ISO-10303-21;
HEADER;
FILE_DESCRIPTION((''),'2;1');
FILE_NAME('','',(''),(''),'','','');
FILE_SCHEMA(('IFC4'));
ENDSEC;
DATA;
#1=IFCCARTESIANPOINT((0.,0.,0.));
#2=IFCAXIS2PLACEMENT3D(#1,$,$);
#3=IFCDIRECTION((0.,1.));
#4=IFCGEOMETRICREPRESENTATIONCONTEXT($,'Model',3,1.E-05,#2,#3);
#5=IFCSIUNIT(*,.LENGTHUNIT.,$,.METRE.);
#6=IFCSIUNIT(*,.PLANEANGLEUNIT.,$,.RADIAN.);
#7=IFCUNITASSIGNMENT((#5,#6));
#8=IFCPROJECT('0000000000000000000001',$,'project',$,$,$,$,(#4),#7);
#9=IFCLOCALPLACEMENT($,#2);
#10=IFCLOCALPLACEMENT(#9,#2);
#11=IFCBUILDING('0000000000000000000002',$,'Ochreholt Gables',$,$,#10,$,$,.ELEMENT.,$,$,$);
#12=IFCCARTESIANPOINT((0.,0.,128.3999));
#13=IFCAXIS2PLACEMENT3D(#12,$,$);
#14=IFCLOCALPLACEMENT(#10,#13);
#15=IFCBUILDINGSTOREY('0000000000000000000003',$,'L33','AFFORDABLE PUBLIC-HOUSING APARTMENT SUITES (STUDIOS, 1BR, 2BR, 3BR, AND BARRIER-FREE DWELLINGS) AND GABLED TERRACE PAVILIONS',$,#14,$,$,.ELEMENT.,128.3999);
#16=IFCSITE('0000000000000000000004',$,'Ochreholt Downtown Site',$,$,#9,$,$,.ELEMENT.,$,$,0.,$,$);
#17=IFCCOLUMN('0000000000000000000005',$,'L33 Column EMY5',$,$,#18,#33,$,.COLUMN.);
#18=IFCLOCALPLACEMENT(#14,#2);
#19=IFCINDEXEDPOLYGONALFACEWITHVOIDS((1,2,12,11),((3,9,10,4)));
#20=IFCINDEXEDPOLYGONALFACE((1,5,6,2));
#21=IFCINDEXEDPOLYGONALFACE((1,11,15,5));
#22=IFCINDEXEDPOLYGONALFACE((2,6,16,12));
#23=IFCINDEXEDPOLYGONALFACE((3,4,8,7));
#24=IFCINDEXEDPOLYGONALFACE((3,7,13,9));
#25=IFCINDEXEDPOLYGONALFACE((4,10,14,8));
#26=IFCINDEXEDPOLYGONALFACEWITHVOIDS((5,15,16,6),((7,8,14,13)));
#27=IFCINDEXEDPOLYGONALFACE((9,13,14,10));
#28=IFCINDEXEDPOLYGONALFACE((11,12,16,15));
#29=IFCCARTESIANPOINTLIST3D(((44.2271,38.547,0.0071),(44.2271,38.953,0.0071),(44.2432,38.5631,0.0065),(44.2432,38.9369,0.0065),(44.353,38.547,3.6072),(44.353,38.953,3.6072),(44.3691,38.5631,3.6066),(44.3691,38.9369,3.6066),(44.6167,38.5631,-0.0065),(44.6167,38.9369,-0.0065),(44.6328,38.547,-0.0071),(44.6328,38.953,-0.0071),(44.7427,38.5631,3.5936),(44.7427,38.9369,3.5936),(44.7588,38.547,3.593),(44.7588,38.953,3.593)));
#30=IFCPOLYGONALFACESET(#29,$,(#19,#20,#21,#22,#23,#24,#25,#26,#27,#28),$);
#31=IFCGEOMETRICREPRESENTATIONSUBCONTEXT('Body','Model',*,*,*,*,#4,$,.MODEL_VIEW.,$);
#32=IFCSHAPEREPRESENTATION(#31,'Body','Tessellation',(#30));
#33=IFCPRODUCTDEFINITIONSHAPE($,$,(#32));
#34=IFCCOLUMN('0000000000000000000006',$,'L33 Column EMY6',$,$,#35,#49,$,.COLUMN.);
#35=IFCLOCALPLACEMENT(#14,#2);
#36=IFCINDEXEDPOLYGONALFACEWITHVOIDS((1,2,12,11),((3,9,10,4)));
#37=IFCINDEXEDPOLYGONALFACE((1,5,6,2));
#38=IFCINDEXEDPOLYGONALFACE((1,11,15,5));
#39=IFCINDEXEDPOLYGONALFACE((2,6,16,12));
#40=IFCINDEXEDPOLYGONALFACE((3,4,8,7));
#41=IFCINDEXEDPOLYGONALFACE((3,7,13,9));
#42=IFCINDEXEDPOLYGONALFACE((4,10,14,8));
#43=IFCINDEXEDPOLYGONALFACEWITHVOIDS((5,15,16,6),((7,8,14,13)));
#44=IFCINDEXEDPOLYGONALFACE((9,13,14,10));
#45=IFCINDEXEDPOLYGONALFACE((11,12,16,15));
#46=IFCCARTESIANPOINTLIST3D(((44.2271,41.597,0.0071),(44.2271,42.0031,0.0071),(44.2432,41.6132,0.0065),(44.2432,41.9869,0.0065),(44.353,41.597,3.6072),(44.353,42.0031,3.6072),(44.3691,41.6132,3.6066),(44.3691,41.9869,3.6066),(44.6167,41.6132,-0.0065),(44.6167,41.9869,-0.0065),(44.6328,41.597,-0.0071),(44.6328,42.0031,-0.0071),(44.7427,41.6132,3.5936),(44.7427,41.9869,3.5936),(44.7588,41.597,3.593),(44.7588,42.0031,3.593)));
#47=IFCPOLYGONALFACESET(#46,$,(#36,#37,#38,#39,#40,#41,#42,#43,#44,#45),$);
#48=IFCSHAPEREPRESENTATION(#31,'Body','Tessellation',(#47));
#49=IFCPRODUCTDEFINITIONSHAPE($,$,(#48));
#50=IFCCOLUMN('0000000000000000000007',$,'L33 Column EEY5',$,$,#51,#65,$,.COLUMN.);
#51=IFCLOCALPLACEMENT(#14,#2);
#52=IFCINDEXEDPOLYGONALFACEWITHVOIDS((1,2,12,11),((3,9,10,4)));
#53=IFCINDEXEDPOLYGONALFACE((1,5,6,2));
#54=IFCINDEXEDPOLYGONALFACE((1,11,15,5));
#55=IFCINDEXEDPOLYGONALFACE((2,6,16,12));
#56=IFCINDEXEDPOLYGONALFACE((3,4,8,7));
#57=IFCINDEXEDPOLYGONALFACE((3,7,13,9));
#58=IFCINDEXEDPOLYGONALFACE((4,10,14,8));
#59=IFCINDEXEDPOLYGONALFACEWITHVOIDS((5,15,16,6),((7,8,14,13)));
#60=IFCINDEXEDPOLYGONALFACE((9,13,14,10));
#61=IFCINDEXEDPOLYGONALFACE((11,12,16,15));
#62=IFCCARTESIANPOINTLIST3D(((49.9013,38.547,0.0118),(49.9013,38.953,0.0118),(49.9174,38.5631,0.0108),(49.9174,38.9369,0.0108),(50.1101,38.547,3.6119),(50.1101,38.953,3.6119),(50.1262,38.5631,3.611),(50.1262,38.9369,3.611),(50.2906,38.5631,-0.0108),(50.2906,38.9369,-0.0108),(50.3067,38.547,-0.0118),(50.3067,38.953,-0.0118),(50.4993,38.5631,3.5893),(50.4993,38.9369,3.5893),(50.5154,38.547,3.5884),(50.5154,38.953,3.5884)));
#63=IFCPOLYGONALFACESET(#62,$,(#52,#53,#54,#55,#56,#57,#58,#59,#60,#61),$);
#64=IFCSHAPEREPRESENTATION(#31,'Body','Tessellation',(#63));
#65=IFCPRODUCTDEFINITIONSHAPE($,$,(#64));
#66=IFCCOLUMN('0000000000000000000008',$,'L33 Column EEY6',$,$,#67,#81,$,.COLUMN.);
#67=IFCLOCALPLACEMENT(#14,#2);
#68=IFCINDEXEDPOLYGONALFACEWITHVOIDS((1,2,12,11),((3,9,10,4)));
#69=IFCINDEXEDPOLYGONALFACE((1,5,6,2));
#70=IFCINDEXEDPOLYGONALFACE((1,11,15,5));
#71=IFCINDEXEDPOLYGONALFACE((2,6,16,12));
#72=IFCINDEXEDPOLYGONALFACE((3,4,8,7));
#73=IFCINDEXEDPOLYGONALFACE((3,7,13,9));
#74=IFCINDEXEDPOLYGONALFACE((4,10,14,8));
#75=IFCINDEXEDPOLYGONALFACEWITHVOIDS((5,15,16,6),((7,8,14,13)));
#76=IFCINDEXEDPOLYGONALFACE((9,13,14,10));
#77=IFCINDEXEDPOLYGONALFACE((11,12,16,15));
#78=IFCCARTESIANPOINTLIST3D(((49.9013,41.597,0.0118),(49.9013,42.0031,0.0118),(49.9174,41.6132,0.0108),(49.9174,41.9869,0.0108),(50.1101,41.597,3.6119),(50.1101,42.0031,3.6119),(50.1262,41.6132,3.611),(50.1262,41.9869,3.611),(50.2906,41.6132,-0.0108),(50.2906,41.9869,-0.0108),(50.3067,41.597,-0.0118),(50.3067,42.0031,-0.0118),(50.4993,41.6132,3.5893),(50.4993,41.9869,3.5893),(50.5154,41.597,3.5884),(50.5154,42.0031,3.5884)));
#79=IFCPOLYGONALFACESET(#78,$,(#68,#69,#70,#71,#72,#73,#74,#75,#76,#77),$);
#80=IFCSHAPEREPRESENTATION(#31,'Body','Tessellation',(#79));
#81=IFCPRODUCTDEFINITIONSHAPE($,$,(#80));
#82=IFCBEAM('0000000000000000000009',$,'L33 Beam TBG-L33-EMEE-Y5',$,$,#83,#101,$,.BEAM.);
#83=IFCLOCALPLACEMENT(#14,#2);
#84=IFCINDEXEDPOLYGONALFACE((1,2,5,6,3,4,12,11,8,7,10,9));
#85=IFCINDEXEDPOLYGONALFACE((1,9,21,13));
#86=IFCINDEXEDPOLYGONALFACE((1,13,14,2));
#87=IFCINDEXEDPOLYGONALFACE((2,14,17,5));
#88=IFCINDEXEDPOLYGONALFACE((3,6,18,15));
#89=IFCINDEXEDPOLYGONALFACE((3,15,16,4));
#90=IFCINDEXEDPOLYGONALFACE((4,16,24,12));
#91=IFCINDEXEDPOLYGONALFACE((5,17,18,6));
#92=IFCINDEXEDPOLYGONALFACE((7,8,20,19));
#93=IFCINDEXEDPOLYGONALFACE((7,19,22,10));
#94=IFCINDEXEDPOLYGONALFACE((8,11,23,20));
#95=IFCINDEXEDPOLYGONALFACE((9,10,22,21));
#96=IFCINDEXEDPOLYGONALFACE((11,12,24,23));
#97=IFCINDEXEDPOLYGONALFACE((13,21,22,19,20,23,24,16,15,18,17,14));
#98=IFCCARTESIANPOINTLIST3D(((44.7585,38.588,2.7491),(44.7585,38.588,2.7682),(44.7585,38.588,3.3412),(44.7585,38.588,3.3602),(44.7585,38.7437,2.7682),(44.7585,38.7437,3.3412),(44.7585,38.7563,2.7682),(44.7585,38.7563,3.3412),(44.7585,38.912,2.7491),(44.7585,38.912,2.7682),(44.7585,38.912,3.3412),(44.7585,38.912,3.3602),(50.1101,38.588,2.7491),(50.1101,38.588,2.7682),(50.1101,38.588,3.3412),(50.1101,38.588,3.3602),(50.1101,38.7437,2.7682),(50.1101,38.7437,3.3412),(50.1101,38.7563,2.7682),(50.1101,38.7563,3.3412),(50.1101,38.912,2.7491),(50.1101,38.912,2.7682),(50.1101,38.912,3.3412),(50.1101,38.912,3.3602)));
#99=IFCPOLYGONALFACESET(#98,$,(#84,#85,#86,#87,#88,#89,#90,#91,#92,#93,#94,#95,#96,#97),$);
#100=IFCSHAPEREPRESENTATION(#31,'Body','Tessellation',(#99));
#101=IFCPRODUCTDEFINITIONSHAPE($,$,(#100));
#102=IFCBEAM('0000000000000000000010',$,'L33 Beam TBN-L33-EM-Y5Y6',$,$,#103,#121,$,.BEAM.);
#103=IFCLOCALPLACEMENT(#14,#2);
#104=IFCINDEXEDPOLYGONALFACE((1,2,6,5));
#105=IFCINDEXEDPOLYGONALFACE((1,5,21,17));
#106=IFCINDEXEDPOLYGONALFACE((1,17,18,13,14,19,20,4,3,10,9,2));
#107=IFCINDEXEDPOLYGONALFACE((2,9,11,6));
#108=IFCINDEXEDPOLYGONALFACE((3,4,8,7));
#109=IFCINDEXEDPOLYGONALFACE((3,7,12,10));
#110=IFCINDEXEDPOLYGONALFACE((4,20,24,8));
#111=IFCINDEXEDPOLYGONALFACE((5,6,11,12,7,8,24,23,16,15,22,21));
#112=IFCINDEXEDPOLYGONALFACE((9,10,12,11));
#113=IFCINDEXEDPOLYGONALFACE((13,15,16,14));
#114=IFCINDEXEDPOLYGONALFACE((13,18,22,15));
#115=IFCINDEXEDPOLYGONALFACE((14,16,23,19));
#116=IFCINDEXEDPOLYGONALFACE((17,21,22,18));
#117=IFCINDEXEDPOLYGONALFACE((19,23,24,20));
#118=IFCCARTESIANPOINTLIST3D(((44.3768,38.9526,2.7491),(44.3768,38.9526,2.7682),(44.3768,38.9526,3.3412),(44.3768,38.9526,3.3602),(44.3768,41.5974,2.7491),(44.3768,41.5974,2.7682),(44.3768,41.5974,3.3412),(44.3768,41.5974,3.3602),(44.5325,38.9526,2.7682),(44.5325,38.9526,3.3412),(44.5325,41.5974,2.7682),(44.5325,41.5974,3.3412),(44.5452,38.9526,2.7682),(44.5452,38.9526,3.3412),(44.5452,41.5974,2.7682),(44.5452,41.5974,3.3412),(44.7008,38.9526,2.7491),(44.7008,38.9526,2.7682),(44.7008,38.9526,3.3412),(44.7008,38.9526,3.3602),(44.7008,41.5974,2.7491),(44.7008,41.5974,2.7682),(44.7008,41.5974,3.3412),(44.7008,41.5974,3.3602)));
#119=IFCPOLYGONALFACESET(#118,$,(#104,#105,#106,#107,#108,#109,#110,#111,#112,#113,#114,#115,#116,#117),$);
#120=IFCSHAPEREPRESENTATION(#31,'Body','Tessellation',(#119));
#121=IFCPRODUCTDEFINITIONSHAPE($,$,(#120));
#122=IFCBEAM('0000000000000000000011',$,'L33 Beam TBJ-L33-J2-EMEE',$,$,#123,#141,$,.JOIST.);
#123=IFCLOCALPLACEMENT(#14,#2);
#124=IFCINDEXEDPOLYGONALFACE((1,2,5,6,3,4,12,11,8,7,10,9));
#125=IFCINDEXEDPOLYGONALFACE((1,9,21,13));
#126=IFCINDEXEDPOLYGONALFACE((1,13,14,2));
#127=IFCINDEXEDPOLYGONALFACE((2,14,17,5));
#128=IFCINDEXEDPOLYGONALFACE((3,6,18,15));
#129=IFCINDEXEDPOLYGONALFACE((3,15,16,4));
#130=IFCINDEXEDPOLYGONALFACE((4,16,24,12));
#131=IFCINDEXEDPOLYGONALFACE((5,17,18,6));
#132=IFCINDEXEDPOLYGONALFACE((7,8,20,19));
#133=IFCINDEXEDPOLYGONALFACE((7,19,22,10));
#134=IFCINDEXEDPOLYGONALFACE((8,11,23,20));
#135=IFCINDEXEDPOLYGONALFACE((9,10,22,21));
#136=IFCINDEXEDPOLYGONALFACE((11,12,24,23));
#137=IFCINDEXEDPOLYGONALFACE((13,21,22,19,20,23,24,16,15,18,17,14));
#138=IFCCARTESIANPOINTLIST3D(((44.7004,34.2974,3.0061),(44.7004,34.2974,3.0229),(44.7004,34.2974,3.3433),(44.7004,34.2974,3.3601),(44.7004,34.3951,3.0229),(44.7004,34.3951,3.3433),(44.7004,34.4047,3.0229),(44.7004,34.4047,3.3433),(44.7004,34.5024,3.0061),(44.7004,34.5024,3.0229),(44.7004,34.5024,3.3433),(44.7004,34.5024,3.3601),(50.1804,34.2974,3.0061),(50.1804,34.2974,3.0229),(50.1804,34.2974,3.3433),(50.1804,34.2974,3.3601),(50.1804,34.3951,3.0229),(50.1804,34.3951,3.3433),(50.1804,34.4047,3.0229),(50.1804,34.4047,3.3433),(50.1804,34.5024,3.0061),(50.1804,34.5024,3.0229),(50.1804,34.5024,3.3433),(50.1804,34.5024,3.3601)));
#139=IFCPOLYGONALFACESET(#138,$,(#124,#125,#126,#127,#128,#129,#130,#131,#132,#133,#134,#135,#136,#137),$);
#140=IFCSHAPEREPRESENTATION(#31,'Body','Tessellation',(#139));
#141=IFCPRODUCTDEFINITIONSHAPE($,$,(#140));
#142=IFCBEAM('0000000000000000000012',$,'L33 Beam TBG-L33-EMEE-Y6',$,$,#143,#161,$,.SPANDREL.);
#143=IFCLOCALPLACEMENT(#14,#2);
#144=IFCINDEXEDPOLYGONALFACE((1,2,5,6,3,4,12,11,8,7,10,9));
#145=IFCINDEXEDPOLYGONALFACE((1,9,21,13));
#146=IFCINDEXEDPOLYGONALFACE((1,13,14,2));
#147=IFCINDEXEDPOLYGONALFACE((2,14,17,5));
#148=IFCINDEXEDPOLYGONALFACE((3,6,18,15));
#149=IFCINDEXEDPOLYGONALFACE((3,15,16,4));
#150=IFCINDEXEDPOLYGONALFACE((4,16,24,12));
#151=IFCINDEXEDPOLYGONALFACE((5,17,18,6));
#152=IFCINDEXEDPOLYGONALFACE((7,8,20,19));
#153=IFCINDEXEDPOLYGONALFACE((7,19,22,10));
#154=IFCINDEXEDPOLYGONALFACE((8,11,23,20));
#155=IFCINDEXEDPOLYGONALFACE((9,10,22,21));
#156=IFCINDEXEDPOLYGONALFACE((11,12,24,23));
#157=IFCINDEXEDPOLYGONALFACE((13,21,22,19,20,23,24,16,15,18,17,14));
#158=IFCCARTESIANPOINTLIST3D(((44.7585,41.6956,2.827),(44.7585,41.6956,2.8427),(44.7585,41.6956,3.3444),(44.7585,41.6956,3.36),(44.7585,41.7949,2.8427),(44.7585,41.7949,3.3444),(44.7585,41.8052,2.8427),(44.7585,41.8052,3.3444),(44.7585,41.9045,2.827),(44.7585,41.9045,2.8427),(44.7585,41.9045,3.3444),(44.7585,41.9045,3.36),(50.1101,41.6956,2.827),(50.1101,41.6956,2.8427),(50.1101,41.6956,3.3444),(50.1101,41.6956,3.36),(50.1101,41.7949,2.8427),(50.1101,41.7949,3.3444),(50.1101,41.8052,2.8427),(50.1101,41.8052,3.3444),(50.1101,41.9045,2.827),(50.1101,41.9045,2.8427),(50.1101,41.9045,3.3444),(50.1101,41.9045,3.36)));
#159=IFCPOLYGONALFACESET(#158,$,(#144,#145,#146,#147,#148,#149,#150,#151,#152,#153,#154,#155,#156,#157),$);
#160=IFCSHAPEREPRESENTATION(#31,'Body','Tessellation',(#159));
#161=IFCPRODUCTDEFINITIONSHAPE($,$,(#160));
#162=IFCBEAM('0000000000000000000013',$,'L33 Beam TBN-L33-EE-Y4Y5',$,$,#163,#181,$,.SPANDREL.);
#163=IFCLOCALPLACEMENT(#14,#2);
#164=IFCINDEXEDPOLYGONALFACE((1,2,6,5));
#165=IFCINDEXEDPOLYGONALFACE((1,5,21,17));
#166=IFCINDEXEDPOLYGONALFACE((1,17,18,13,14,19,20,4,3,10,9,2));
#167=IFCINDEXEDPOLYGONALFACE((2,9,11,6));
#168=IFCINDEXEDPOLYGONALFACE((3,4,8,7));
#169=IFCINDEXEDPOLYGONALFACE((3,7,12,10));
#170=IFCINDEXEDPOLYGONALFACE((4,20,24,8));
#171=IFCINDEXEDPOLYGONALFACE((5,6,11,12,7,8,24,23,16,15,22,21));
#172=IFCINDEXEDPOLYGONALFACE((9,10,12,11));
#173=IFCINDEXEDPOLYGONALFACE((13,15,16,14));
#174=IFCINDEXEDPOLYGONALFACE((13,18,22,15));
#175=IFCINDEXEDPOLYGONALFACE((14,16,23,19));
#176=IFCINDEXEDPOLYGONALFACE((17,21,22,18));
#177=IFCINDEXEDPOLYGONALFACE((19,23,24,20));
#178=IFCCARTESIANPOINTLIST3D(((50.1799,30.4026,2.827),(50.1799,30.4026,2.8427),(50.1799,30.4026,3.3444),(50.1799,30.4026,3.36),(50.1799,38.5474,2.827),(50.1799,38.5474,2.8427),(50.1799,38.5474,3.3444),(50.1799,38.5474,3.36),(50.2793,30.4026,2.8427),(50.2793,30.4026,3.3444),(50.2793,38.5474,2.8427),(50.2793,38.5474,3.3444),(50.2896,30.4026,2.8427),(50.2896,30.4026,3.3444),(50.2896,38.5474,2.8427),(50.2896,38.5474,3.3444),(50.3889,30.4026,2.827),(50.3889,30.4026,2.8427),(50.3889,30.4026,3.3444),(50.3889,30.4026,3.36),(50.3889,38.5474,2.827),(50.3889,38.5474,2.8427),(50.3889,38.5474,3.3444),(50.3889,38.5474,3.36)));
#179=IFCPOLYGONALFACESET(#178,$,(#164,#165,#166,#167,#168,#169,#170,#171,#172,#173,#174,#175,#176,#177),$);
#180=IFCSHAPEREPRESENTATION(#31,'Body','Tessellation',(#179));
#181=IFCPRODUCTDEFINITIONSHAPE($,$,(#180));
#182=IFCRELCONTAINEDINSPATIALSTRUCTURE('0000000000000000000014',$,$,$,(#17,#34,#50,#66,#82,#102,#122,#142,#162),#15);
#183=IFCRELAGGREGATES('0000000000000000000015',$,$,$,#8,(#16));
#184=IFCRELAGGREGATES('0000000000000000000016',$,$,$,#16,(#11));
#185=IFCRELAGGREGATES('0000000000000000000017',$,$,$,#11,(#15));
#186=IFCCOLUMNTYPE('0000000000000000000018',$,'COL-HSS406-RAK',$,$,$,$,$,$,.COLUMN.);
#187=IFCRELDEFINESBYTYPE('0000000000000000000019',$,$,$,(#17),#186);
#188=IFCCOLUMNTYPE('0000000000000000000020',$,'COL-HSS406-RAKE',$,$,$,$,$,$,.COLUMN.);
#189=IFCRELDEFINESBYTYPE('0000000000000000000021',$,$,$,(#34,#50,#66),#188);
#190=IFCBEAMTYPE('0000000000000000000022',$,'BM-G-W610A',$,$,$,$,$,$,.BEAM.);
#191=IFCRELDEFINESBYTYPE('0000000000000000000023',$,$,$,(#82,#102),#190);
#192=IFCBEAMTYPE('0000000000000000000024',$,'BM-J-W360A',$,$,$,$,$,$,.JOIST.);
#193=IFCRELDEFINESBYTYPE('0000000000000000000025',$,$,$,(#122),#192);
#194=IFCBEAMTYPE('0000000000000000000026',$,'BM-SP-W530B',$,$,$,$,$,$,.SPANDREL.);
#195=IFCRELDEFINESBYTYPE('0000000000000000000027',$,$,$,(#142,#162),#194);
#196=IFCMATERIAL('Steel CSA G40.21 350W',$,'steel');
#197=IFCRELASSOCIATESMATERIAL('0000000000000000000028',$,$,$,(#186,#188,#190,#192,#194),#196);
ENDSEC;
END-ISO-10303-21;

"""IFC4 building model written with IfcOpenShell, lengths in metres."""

from ifc_helpers import new_model, si_unit, direction, frame, origin, origin_2d, place, context, subcontext, project, spatial, hollow_rectangle, i_section, extrude, material, material_profile, profile_set, type_object, element, save


model = new_model("IFC4")

# Units and contexts
model_context = context("Model", 3, precision=1e-05, world=origin(), true_north=direction((0.0, 1.0)))
body_context = subcontext(model_context, "Body", "Model", "MODEL_VIEW")
ifc_project = project(units=[si_unit("LENGTHUNIT", "METRE"), si_unit("PLANEANGLEUNIT", "RADIAN")], contexts=[model_context])

# Site, building, storey
site_placement = place(None, origin())
site = spatial("IfcSite", under=ifc_project, at=site_placement, Name="Ochreholt Downtown Site", CompositionType="ELEMENT", RefElevation=0.0)
building_placement = place(site_placement, origin())
building = spatial("IfcBuilding", under=site, at=building_placement, Name="Ochreholt Gables", CompositionType="ELEMENT")
storey_placement = place(building_placement, frame((0.0, 0.0, 128.3999)))
storey = spatial("IfcBuildingStorey", under=building, at=storey_placement, Name="L33", Description="AFFORDABLE PUBLIC-HOUSING APARTMENT SUITES (STUDIOS, 1BR, 2BR, 3BR, AND BARRIER-FREE DWELLINGS) AND GABLED TERRACE PAVILIONS", CompositionType="ELEMENT", Elevation=128.3999)

# Columns
ifc_material_1 = material(Name="Steel CSA G40.21 350W", Category="steel")
ifc_material_profile_1 = material_profile(ifc_material_1, hollow_rectangle(XDim=0.406, YDim=0.406, WallThickness=0.0161, at=origin_2d()), Name="HSS406X406X16")
ifc_profile_set_1 = profile_set([ifc_material_profile_1], Name="Steel CSA G40.21 350W")
column_type_1 = type_object("IfcColumnType", Name="COL-HSS406-RAK", PredefinedType="COLUMN", material=ifc_profile_set_1)
column_1_placement = place(storey_placement, frame((44.4299, 38.75, 0.0), z_axis=(0.034971, 0.0, 0.999388), x_axis=(0.0, 1.0, 0.0)))
element("IfcColumn", 1, at=column_1_placement, inside=storey, type_object=column_type_1, Name="L33 Column EMY5", PredefinedType="COLUMN", context=body_context, shape_type="SweptSolid", body=[
    extrude(hollow_rectangle(XDim=0.406, YDim=0.406, WallThickness=0.0161, at=origin_2d()), origin(), (0.0, 0.0, 1.0), 3.6023),
])
ifc_material_profile_2 = material_profile(ifc_material_1, hollow_rectangle(XDim=0.406, YDim=0.406, WallThickness=0.0161, at=origin_2d()), Name="HSS406X406X16")
ifc_profile_set_2 = profile_set([ifc_material_profile_2], Name="Steel CSA G40.21 350W")
column_type_2 = type_object("IfcColumnType", Name="COL-HSS406-RAKE", PredefinedType="COLUMN", material=ifc_profile_set_2)
column_2_placement = place(storey_placement, frame((44.4299, 41.8, 0.0), z_axis=(0.034971, 0.0, 0.999388), x_axis=(0.0, 1.0, 0.0)))
element("IfcColumn", 2, at=column_2_placement, inside=storey, type_object=column_type_2, Name="L33 Column EMY6", PredefinedType="COLUMN", context=body_context, shape_type="SweptSolid", body=[
    extrude(hollow_rectangle(XDim=0.406, YDim=0.406, WallThickness=0.0161, at=origin_2d()), origin(), (0.0, 0.0, 1.0), 3.6023),
])
for number, where, z_axis, x_axis, name in (
    (3, (50.104, 38.75, 0.0), (0.057885, 0.0, 0.998323), (0.0, 1.0, 0.0), "L33 Column EEY5"),
    (4, (50.104, 41.8, 0.0), (0.057885, 0.0, 0.998323), (0.0, 1.0, 0.0), "L33 Column EEY6"),
):
    element("IfcColumn", number, at=place(storey_placement, frame(where, z_axis=z_axis, x_axis=x_axis)), inside=storey, type_object=column_type_2, Name=name, PredefinedType="COLUMN", context=body_context, shape_type="SweptSolid", body=[
        extrude(hollow_rectangle(XDim=0.406, YDim=0.406, WallThickness=0.0161, at=origin_2d()), origin(), (0.0, 0.0, 1.0), 3.6062),
    ])

# Beams
ifc_material_profile_3 = material_profile(ifc_material_1, i_section(OverallWidth=0.324, OverallDepth=0.6111, WebThickness=0.0127, FlangeThickness=0.019, at=origin_2d()), Name="W610X155")
ifc_profile_set_3 = profile_set([ifc_material_profile_3], Name="Steel CSA G40.21 350W")
beam_type_1 = type_object("IfcBeamType", Name="BM-G-W610A", PredefinedType="BEAM", material=ifc_profile_set_3)
beam_1_placement = place(storey_placement, frame((44.7585, 38.75, 3.0547), z_axis=(1.0, 0.0, 0.0), x_axis=(0.0, 1.0, 0.0)))
element("IfcBeam", 5, at=beam_1_placement, inside=storey, type_object=beam_type_1, Name="L33 Beam TBG-L33-EMEE-Y5", PredefinedType="BEAM", context=body_context, shape_type="SweptSolid", body=[
    extrude(i_section(OverallWidth=0.324, OverallDepth=0.6111, WebThickness=0.0127, FlangeThickness=0.019, at=origin_2d()), origin(), (0.0, 0.0, 1.0), 5.3516),
])
beam_2_placement = place(storey_placement, frame((44.5388, 38.9526, 3.0547), z_axis=(0.0, 1.0, 0.0), x_axis=(-1.0, 0.0, 0.0)))
element("IfcBeam", 6, at=beam_2_placement, inside=storey, type_object=beam_type_1, Name="L33 Beam TBN-L33-EM-Y5Y6", PredefinedType="BEAM", context=body_context, shape_type="SweptSolid", body=[
    extrude(i_section(OverallWidth=0.324, OverallDepth=0.6111, WebThickness=0.0127, FlangeThickness=0.019, at=origin_2d()), origin(), (0.0, 0.0, 1.0), 2.6448),
])
ifc_material_profile_4 = material_profile(ifc_material_1, i_section(OverallWidth=0.2051, OverallDepth=0.354, WebThickness=0.0095, FlangeThickness=0.0168, at=origin_2d()), Name="W360X79")
ifc_profile_set_4 = profile_set([ifc_material_profile_4], Name="Steel CSA G40.21 350W")
beam_type_2 = type_object("IfcBeamType", Name="BM-J-W360A", PredefinedType="JOIST", material=ifc_profile_set_4)
beam_3_placement = place(storey_placement, frame((44.7004, 34.3999, 3.1831), z_axis=(1.0, 0.0, 0.0), x_axis=(0.0, 1.0, 0.0)))
element("IfcBeam", 7, at=beam_3_placement, inside=storey, type_object=beam_type_2, Name="L33 Beam TBJ-L33-J2-EMEE", PredefinedType="JOIST", context=body_context, shape_type="SweptSolid", body=[
    extrude(i_section(OverallWidth=0.2051, OverallDepth=0.354, WebThickness=0.0095, FlangeThickness=0.0168, at=origin_2d()), origin(), (0.0, 0.0, 1.0), 5.48),
])
ifc_material_profile_5 = material_profile(ifc_material_1, i_section(OverallWidth=0.209, OverallDepth=0.533, WebThickness=0.0103, FlangeThickness=0.0156, at=origin_2d()), Name="W530X92")
ifc_profile_set_5 = profile_set([ifc_material_profile_5], Name="Steel CSA G40.21 350W")
beam_type_3 = type_object("IfcBeamType", Name="BM-SP-W530B", PredefinedType="SPANDREL", material=ifc_profile_set_5)
beam_4_placement = place(storey_placement, frame((44.7585, 41.8, 3.0935), z_axis=(1.0, 0.0, 0.0), x_axis=(0.0, 1.0, 0.0)))
element("IfcBeam", 8, at=beam_4_placement, inside=storey, type_object=beam_type_3, Name="L33 Beam TBG-L33-EMEE-Y6", PredefinedType="SPANDREL", context=body_context, shape_type="SweptSolid", body=[
    extrude(i_section(OverallWidth=0.209, OverallDepth=0.533, WebThickness=0.0103, FlangeThickness=0.0156, at=origin_2d()), origin(), (0.0, 0.0, 1.0), 5.3516),
])
beam_5_placement = place(storey_placement, frame((50.2844, 30.4026, 3.0935), z_axis=(0.0, 1.0, 0.0), x_axis=(-1.0, 0.0, 0.0)))
element("IfcBeam", 9, at=beam_5_placement, inside=storey, type_object=beam_type_3, Name="L33 Beam TBN-L33-EE-Y4Y5", PredefinedType="SPANDREL", context=body_context, shape_type="SweptSolid", body=[
    extrude(i_section(OverallWidth=0.209, OverallDepth=0.533, WebThickness=0.0103, FlangeThickness=0.0156, at=origin_2d()), origin(), (0.0, 0.0, 1.0), 8.1448),
])

save(model, "model.ifc")
